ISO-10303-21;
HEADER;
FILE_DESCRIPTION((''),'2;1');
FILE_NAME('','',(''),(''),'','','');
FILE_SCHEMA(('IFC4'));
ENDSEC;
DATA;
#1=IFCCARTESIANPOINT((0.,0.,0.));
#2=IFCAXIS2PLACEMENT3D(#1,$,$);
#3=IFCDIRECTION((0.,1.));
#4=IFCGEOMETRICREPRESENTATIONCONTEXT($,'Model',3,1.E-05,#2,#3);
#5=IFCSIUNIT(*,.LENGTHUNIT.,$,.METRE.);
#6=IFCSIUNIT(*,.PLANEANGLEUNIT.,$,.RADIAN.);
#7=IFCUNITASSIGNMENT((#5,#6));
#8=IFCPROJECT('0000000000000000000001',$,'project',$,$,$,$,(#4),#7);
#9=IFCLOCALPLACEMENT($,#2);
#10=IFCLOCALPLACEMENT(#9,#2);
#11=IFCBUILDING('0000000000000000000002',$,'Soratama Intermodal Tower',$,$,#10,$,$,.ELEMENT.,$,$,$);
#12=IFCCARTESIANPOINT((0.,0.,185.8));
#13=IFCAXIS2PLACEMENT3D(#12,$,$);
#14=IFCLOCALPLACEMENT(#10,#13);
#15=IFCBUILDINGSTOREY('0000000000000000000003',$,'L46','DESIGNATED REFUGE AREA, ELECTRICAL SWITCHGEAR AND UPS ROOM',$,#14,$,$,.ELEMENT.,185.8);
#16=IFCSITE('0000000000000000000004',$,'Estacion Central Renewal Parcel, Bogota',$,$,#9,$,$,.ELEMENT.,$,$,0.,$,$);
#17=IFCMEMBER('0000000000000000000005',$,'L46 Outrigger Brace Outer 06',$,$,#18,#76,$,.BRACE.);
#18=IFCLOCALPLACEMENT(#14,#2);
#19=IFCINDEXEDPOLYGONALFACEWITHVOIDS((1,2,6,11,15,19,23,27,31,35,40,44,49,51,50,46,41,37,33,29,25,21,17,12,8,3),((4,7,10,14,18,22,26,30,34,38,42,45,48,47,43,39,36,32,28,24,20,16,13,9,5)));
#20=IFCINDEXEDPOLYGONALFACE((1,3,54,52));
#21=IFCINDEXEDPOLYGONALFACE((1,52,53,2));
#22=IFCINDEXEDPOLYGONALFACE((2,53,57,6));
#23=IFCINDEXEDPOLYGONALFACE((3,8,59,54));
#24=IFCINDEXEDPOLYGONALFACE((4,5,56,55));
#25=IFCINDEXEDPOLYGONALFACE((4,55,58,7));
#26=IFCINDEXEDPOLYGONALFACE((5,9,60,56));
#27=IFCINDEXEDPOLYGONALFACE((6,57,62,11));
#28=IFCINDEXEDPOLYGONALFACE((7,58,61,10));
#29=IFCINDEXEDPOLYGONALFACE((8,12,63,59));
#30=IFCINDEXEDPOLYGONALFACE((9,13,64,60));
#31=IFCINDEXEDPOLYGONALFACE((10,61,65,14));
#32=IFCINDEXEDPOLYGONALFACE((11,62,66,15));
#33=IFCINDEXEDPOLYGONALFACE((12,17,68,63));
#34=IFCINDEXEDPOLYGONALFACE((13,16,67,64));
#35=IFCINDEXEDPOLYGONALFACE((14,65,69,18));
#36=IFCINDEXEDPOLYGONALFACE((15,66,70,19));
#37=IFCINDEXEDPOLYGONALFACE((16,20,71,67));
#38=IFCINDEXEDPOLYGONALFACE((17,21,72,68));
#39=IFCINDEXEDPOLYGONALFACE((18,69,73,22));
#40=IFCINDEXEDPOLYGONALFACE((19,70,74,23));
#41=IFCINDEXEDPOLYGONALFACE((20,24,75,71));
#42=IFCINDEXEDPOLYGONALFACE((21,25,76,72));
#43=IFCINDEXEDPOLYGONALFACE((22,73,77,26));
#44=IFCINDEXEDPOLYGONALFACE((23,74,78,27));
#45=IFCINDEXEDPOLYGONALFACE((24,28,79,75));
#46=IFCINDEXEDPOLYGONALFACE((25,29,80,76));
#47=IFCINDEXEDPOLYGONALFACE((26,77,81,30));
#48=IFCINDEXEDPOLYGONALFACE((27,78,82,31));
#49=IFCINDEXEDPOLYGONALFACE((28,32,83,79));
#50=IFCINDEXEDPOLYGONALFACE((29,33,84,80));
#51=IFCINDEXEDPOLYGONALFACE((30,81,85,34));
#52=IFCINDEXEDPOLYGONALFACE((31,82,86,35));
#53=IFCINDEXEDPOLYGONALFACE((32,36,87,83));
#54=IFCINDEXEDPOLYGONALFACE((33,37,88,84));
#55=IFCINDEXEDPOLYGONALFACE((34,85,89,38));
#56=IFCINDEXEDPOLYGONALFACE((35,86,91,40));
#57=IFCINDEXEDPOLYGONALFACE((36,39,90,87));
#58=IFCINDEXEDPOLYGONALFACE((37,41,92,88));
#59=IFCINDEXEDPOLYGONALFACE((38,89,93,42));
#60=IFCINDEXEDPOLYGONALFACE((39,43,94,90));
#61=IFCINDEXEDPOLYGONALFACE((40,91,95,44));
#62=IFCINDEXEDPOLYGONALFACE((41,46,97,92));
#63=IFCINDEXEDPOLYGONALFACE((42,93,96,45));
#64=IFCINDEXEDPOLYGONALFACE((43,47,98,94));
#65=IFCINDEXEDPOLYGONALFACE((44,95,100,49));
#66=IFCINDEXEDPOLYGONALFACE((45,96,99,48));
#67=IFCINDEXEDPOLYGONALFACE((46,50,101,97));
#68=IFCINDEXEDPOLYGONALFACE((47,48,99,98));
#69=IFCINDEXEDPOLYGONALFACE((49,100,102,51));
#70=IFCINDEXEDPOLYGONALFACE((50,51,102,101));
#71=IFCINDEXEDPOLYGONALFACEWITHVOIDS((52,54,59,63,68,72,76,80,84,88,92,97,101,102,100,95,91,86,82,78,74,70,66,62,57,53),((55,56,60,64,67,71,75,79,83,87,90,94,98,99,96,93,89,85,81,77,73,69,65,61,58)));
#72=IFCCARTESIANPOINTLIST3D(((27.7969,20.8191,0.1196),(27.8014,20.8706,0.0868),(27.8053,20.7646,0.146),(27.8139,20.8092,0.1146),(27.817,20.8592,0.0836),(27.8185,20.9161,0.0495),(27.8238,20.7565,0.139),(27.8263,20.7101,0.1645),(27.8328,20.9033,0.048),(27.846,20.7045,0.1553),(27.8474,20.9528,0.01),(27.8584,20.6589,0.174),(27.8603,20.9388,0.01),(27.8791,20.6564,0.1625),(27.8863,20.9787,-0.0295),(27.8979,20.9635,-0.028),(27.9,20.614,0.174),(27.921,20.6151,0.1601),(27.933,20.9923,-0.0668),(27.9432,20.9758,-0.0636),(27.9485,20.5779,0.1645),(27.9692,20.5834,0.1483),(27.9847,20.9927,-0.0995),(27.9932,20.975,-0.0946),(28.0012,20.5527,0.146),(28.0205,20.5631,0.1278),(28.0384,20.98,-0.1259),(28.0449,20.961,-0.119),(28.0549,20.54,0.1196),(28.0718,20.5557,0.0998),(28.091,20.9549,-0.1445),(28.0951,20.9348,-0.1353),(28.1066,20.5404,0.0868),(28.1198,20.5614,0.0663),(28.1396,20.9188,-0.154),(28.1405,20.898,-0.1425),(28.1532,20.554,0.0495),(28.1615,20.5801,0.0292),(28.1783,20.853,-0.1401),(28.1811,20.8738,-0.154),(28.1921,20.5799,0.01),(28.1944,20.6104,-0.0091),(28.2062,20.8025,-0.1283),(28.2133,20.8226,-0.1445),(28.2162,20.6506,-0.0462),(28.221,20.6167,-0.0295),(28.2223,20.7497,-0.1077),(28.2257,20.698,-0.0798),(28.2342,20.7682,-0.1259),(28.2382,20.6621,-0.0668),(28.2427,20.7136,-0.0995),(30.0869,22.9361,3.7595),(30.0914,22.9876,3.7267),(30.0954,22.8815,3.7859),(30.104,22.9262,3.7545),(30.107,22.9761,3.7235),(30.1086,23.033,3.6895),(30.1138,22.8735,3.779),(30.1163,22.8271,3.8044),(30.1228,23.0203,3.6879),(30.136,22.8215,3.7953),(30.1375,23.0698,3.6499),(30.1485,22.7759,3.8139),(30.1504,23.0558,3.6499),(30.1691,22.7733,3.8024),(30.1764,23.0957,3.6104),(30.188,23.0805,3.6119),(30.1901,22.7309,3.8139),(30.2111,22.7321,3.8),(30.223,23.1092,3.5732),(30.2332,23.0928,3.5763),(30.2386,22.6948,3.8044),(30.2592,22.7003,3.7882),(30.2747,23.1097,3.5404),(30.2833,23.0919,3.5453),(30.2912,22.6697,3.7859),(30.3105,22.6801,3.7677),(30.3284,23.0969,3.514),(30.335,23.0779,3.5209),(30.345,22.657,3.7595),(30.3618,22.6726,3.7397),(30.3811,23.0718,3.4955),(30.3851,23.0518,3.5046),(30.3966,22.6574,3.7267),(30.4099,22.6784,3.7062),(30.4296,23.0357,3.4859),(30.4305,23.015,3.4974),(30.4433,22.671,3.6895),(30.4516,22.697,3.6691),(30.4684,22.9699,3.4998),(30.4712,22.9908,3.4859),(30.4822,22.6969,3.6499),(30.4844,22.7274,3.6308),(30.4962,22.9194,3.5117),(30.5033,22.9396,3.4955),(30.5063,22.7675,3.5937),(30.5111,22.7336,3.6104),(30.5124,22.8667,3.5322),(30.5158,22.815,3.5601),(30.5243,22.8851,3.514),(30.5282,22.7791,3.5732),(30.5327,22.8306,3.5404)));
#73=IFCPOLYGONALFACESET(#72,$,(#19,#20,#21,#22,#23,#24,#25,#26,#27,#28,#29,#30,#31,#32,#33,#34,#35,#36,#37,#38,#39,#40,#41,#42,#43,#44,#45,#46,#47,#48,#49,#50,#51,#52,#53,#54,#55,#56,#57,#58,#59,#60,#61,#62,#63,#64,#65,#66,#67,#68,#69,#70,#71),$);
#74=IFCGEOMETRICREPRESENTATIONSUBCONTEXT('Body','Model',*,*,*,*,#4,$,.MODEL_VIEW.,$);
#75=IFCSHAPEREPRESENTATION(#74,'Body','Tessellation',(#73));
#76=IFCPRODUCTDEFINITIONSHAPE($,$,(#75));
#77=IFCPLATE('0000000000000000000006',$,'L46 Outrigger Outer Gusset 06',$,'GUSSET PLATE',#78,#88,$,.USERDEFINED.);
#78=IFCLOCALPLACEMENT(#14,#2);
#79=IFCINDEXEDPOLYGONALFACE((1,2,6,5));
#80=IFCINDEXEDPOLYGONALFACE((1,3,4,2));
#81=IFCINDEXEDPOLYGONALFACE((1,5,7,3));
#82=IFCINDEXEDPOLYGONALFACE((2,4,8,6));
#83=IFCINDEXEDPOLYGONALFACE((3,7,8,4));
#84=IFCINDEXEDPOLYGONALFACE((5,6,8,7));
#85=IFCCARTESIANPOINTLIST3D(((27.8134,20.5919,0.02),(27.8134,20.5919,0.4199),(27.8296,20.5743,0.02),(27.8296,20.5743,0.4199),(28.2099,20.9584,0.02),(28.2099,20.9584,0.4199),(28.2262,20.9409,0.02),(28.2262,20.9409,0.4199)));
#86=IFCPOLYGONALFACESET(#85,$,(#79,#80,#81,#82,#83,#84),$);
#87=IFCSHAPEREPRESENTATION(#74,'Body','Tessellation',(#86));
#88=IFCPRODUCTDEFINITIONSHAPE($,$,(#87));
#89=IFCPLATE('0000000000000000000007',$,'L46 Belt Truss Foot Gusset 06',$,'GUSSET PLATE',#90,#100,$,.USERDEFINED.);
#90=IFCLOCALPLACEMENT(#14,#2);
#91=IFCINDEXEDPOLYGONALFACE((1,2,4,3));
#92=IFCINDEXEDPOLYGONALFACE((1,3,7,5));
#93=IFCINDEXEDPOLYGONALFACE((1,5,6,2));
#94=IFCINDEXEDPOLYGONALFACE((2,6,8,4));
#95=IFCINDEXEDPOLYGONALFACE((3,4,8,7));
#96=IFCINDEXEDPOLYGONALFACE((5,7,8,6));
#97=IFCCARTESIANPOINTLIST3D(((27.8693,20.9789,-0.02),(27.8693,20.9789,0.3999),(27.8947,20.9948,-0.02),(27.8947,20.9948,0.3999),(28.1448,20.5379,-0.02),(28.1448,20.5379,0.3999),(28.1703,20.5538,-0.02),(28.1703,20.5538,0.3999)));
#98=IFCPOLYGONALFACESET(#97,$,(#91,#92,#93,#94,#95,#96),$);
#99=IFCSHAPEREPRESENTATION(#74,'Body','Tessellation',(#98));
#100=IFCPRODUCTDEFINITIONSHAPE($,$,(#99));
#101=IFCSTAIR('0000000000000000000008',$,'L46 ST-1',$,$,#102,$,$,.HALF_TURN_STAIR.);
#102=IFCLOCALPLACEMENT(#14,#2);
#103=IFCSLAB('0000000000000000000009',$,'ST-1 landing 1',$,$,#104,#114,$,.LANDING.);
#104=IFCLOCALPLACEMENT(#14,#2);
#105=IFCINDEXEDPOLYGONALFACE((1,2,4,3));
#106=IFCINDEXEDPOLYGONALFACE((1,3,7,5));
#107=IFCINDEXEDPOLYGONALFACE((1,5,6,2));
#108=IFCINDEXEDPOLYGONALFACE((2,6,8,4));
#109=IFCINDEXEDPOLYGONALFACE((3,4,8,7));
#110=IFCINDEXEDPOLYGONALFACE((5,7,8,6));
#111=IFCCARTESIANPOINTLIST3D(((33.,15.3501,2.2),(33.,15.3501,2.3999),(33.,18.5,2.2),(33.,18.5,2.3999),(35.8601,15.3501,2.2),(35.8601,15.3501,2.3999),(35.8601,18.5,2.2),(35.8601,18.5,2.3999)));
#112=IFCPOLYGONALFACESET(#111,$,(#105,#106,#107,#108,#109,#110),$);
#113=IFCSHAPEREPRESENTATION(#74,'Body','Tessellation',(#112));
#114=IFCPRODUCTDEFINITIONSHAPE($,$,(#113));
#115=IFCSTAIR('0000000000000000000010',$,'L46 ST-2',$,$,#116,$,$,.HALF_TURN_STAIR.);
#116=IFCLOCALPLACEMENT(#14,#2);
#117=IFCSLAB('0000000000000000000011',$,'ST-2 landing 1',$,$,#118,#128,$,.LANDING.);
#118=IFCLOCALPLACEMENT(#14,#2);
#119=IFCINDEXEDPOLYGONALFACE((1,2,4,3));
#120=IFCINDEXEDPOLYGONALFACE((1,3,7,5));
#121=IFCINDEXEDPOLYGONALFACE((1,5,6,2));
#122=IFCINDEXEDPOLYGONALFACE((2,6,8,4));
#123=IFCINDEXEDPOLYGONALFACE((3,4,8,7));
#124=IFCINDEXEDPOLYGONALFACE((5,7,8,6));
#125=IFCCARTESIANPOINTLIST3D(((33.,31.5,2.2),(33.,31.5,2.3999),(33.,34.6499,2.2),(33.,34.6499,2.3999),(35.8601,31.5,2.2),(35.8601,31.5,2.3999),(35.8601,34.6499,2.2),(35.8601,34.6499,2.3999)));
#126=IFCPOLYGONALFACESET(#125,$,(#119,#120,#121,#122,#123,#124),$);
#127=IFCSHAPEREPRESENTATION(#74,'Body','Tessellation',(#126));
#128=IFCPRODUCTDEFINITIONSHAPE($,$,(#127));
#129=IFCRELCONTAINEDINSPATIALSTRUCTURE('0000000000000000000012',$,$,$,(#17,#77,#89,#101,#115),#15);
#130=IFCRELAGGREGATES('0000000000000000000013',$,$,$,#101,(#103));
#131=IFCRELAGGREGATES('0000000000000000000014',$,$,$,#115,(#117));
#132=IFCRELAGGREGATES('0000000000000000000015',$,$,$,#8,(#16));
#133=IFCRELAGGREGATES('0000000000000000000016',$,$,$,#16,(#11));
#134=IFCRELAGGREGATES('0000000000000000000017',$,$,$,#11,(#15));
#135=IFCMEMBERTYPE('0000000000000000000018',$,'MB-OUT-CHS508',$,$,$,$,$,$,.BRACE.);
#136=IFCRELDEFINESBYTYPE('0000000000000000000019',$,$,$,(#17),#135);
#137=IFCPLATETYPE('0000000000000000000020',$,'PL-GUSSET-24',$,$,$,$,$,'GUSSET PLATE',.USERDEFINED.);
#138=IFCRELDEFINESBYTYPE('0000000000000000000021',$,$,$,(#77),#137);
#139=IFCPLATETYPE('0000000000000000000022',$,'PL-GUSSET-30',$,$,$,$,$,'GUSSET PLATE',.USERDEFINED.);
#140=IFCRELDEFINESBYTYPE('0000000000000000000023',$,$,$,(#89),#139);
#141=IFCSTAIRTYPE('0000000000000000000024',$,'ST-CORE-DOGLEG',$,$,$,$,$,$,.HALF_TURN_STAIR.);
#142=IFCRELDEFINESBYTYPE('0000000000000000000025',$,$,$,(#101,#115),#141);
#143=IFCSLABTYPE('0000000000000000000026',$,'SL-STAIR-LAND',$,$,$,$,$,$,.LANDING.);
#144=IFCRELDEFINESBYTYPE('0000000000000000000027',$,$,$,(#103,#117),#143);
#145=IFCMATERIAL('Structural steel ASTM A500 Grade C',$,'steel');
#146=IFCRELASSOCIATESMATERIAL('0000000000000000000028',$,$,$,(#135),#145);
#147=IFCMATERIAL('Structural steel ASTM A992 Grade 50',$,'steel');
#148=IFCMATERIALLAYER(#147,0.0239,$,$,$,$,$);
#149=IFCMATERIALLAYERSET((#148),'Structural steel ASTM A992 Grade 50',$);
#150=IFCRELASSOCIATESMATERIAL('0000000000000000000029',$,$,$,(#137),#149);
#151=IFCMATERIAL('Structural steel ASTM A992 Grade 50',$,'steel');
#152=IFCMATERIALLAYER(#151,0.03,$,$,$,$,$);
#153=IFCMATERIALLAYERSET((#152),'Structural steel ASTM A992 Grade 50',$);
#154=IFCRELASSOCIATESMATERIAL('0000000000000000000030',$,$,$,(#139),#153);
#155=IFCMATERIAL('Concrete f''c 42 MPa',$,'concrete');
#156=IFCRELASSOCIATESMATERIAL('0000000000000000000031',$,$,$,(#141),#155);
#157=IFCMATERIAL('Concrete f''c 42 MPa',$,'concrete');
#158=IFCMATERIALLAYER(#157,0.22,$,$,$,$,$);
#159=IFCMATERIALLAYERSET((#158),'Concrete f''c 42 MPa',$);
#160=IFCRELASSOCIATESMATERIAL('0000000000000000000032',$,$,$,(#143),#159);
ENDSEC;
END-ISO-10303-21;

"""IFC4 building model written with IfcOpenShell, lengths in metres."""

from ifc_helpers import new_model, si_unit, direction, frame, origin, origin_2d, place, context, subcontext, project, spatial, polyline, rectangle, hollow_circle, outline, extrude, material, layer, layer_set, material_profile, profile_set, type_object, element, aggregate, save


model = new_model("IFC4")

# Units and contexts
model_context = context("Model", 3, precision=1e-05, world=origin(), true_north=direction((0.0, 1.0)))
body_context = subcontext(model_context, "Body", "Model", "MODEL_VIEW")
ifc_project = project(units=[si_unit("LENGTHUNIT", "METRE"), si_unit("PLANEANGLEUNIT", "RADIAN")], contexts=[model_context])

# Site, building, storey
site_placement = place(None, origin())
site = spatial("IfcSite", under=ifc_project, at=site_placement, Name="Estacion Central Renewal Parcel, Bogota", CompositionType="ELEMENT", RefElevation=0.0)
building_placement = place(site_placement, origin())
building = spatial("IfcBuilding", under=site, at=building_placement, Name="Soratama Intermodal Tower", CompositionType="ELEMENT")
storey_placement = place(building_placement, frame((0.0, 0.0, 185.8)))
storey = spatial("IfcBuildingStorey", under=building, at=storey_placement, Name="L46", Description="DESIGNATED REFUGE AREA, ELECTRICAL SWITCHGEAR AND UPS ROOM", CompositionType="ELEMENT", Elevation=185.8)

# Member
ifc_material_1 = material(Name="Structural steel ASTM A500 Grade C", Category="steel")
ifc_material_profile_1 = material_profile(ifc_material_1, hollow_circle(Radius=0.2539, WallThickness=0.019, at=origin_2d()), Name="CHS508X19")
ifc_profile_set_1 = profile_set([ifc_material_profile_1], Name="Structural steel ASTM A500 Grade C")
member_type_1 = type_object("IfcMemberType", Name="MB-OUT-CHS508", PredefinedType="BRACE", material=ifc_profile_set_1)
member_placement = place(storey_placement, frame((28.0198, 20.7664, 0.01), z_axis=(0.477771, 0.441658, 0.75939), x_axis=(-0.67881, 0.734314, 0.0)))
element("IfcMember", 1, at=member_placement, inside=storey, type_object=member_type_1, Name="L46 Outrigger Brace Outer 06", PredefinedType="BRACE", context=body_context, shape_type="SweptSolid", body=[
    extrude(hollow_circle(Radius=0.2539, WallThickness=0.019, at=origin_2d()), origin(), (0.0, 0.0, 1.0), 4.7932),
])

# Plates
ifc_material_2 = material(Name="Structural steel ASTM A992 Grade 50", Category="steel")
ifc_layer_1 = layer(ifc_material_2, 0.0239)
ifc_layer_set_1 = layer_set([ifc_layer_1], Name="Structural steel ASTM A992 Grade 50")
plate_type_1 = type_object("IfcPlateType", Name="PL-GUSSET-24", ElementType="GUSSET PLATE", PredefinedType="USERDEFINED", material=ifc_layer_set_1)
plate_1_placement = place(storey_placement, frame((28.0198, 20.7664, 0.02), z_axis=(0.0, 0.0, 1.0), x_axis=(-0.734323, -0.678801, 0.0)))
element("IfcPlate", 2, at=plate_1_placement, inside=storey, type_object=plate_type_1, Name="L46 Outrigger Outer Gusset 06", ObjectType="GUSSET PLATE", PredefinedType="USERDEFINED", context=body_context, shape_type="SweptSolid", body=[
    extrude(rectangle(XDim=0.54, YDim=0.0239, at=origin_2d()), origin(), (0.0, 0.0, 1.0), 0.3999),
])
ifc_material_3 = material(Name="Structural steel ASTM A992 Grade 50", Category="steel")
ifc_layer_2 = layer(ifc_material_3, 0.03)
ifc_layer_set_2 = layer_set([ifc_layer_2], Name="Structural steel ASTM A992 Grade 50")
plate_type_2 = type_object("IfcPlateType", Name="PL-GUSSET-30", ElementType="GUSSET PLATE", PredefinedType="USERDEFINED", material=ifc_layer_set_2)
plate_2_placement = place(storey_placement, frame((28.0198, 20.7664, -0.02), z_axis=(0.0, 0.0, 1.0), x_axis=(0.529919, -0.848048, 0.0)))
element("IfcPlate", 3, at=plate_2_placement, inside=storey, type_object=plate_type_2, Name="L46 Belt Truss Foot Gusset 06", ObjectType="GUSSET PLATE", PredefinedType="USERDEFINED", context=body_context, shape_type="SweptSolid", body=[
    extrude(rectangle(XDim=0.52, YDim=0.03, at=origin_2d()), origin(), (0.0, 0.0, 1.0), 0.4199),
])

# Stairs, slabs
ifc_material_4 = material(Name="Concrete f'c 42 MPa", Category="concrete")
stair_type = type_object("IfcStairType", Name="ST-CORE-DOGLEG", PredefinedType="HALF_TURN_STAIR", material=ifc_material_4)
stair_1_placement = place(storey_placement, origin())
stair_1 = element("IfcStair", 4, at=stair_1_placement, inside=storey, type_object=stair_type, Name="L46 ST-1", PredefinedType="HALF_TURN_STAIR")
ifc_material_5 = material(Name="Concrete f'c 42 MPa", Category="concrete")
ifc_layer_3 = layer(ifc_material_5, 0.22)
ifc_layer_set_3 = layer_set([ifc_layer_3], Name="Concrete f'c 42 MPa")
slab_type_1 = type_object("IfcSlabType", Name="SL-STAIR-LAND", PredefinedType="LANDING", material=ifc_layer_set_3)
slab_1_placement = place(storey_placement, frame((0.0, 0.0, 2.2)))
slab_1 = element("IfcSlab", 5, at=slab_1_placement, type_object=slab_type_1, Name="ST-1 landing 1", PredefinedType="LANDING", context=body_context, shape_type="SweptSolid", body=[
    extrude(outline(polyline([(35.8601, 18.5), (33.0, 18.5), (33.0, 15.3501), (35.8601, 15.3501), (35.8601, 18.5)])), origin(), (0.0, 0.0, 1.0), 0.2),
])
aggregate(stair_1, [slab_1])
stair_2_placement = place(storey_placement, origin())
stair_2 = element("IfcStair", 6, at=stair_2_placement, inside=storey, type_object=stair_type, Name="L46 ST-2", PredefinedType="HALF_TURN_STAIR")
slab_2_placement = place(storey_placement, frame((0.0, 0.0, 2.2)))
slab_2 = element("IfcSlab", 7, at=slab_2_placement, type_object=slab_type_1, Name="ST-2 landing 1", PredefinedType="LANDING", context=body_context, shape_type="SweptSolid", body=[
    extrude(outline(polyline([(35.8601, 34.6499), (33.0, 34.6499), (33.0, 31.5), (35.8601, 31.5), (35.8601, 34.6499)])), origin(), (0.0, 0.0, 1.0), 0.2),
])
aggregate(stair_2, [slab_2])

save(model, "model.ifc")
